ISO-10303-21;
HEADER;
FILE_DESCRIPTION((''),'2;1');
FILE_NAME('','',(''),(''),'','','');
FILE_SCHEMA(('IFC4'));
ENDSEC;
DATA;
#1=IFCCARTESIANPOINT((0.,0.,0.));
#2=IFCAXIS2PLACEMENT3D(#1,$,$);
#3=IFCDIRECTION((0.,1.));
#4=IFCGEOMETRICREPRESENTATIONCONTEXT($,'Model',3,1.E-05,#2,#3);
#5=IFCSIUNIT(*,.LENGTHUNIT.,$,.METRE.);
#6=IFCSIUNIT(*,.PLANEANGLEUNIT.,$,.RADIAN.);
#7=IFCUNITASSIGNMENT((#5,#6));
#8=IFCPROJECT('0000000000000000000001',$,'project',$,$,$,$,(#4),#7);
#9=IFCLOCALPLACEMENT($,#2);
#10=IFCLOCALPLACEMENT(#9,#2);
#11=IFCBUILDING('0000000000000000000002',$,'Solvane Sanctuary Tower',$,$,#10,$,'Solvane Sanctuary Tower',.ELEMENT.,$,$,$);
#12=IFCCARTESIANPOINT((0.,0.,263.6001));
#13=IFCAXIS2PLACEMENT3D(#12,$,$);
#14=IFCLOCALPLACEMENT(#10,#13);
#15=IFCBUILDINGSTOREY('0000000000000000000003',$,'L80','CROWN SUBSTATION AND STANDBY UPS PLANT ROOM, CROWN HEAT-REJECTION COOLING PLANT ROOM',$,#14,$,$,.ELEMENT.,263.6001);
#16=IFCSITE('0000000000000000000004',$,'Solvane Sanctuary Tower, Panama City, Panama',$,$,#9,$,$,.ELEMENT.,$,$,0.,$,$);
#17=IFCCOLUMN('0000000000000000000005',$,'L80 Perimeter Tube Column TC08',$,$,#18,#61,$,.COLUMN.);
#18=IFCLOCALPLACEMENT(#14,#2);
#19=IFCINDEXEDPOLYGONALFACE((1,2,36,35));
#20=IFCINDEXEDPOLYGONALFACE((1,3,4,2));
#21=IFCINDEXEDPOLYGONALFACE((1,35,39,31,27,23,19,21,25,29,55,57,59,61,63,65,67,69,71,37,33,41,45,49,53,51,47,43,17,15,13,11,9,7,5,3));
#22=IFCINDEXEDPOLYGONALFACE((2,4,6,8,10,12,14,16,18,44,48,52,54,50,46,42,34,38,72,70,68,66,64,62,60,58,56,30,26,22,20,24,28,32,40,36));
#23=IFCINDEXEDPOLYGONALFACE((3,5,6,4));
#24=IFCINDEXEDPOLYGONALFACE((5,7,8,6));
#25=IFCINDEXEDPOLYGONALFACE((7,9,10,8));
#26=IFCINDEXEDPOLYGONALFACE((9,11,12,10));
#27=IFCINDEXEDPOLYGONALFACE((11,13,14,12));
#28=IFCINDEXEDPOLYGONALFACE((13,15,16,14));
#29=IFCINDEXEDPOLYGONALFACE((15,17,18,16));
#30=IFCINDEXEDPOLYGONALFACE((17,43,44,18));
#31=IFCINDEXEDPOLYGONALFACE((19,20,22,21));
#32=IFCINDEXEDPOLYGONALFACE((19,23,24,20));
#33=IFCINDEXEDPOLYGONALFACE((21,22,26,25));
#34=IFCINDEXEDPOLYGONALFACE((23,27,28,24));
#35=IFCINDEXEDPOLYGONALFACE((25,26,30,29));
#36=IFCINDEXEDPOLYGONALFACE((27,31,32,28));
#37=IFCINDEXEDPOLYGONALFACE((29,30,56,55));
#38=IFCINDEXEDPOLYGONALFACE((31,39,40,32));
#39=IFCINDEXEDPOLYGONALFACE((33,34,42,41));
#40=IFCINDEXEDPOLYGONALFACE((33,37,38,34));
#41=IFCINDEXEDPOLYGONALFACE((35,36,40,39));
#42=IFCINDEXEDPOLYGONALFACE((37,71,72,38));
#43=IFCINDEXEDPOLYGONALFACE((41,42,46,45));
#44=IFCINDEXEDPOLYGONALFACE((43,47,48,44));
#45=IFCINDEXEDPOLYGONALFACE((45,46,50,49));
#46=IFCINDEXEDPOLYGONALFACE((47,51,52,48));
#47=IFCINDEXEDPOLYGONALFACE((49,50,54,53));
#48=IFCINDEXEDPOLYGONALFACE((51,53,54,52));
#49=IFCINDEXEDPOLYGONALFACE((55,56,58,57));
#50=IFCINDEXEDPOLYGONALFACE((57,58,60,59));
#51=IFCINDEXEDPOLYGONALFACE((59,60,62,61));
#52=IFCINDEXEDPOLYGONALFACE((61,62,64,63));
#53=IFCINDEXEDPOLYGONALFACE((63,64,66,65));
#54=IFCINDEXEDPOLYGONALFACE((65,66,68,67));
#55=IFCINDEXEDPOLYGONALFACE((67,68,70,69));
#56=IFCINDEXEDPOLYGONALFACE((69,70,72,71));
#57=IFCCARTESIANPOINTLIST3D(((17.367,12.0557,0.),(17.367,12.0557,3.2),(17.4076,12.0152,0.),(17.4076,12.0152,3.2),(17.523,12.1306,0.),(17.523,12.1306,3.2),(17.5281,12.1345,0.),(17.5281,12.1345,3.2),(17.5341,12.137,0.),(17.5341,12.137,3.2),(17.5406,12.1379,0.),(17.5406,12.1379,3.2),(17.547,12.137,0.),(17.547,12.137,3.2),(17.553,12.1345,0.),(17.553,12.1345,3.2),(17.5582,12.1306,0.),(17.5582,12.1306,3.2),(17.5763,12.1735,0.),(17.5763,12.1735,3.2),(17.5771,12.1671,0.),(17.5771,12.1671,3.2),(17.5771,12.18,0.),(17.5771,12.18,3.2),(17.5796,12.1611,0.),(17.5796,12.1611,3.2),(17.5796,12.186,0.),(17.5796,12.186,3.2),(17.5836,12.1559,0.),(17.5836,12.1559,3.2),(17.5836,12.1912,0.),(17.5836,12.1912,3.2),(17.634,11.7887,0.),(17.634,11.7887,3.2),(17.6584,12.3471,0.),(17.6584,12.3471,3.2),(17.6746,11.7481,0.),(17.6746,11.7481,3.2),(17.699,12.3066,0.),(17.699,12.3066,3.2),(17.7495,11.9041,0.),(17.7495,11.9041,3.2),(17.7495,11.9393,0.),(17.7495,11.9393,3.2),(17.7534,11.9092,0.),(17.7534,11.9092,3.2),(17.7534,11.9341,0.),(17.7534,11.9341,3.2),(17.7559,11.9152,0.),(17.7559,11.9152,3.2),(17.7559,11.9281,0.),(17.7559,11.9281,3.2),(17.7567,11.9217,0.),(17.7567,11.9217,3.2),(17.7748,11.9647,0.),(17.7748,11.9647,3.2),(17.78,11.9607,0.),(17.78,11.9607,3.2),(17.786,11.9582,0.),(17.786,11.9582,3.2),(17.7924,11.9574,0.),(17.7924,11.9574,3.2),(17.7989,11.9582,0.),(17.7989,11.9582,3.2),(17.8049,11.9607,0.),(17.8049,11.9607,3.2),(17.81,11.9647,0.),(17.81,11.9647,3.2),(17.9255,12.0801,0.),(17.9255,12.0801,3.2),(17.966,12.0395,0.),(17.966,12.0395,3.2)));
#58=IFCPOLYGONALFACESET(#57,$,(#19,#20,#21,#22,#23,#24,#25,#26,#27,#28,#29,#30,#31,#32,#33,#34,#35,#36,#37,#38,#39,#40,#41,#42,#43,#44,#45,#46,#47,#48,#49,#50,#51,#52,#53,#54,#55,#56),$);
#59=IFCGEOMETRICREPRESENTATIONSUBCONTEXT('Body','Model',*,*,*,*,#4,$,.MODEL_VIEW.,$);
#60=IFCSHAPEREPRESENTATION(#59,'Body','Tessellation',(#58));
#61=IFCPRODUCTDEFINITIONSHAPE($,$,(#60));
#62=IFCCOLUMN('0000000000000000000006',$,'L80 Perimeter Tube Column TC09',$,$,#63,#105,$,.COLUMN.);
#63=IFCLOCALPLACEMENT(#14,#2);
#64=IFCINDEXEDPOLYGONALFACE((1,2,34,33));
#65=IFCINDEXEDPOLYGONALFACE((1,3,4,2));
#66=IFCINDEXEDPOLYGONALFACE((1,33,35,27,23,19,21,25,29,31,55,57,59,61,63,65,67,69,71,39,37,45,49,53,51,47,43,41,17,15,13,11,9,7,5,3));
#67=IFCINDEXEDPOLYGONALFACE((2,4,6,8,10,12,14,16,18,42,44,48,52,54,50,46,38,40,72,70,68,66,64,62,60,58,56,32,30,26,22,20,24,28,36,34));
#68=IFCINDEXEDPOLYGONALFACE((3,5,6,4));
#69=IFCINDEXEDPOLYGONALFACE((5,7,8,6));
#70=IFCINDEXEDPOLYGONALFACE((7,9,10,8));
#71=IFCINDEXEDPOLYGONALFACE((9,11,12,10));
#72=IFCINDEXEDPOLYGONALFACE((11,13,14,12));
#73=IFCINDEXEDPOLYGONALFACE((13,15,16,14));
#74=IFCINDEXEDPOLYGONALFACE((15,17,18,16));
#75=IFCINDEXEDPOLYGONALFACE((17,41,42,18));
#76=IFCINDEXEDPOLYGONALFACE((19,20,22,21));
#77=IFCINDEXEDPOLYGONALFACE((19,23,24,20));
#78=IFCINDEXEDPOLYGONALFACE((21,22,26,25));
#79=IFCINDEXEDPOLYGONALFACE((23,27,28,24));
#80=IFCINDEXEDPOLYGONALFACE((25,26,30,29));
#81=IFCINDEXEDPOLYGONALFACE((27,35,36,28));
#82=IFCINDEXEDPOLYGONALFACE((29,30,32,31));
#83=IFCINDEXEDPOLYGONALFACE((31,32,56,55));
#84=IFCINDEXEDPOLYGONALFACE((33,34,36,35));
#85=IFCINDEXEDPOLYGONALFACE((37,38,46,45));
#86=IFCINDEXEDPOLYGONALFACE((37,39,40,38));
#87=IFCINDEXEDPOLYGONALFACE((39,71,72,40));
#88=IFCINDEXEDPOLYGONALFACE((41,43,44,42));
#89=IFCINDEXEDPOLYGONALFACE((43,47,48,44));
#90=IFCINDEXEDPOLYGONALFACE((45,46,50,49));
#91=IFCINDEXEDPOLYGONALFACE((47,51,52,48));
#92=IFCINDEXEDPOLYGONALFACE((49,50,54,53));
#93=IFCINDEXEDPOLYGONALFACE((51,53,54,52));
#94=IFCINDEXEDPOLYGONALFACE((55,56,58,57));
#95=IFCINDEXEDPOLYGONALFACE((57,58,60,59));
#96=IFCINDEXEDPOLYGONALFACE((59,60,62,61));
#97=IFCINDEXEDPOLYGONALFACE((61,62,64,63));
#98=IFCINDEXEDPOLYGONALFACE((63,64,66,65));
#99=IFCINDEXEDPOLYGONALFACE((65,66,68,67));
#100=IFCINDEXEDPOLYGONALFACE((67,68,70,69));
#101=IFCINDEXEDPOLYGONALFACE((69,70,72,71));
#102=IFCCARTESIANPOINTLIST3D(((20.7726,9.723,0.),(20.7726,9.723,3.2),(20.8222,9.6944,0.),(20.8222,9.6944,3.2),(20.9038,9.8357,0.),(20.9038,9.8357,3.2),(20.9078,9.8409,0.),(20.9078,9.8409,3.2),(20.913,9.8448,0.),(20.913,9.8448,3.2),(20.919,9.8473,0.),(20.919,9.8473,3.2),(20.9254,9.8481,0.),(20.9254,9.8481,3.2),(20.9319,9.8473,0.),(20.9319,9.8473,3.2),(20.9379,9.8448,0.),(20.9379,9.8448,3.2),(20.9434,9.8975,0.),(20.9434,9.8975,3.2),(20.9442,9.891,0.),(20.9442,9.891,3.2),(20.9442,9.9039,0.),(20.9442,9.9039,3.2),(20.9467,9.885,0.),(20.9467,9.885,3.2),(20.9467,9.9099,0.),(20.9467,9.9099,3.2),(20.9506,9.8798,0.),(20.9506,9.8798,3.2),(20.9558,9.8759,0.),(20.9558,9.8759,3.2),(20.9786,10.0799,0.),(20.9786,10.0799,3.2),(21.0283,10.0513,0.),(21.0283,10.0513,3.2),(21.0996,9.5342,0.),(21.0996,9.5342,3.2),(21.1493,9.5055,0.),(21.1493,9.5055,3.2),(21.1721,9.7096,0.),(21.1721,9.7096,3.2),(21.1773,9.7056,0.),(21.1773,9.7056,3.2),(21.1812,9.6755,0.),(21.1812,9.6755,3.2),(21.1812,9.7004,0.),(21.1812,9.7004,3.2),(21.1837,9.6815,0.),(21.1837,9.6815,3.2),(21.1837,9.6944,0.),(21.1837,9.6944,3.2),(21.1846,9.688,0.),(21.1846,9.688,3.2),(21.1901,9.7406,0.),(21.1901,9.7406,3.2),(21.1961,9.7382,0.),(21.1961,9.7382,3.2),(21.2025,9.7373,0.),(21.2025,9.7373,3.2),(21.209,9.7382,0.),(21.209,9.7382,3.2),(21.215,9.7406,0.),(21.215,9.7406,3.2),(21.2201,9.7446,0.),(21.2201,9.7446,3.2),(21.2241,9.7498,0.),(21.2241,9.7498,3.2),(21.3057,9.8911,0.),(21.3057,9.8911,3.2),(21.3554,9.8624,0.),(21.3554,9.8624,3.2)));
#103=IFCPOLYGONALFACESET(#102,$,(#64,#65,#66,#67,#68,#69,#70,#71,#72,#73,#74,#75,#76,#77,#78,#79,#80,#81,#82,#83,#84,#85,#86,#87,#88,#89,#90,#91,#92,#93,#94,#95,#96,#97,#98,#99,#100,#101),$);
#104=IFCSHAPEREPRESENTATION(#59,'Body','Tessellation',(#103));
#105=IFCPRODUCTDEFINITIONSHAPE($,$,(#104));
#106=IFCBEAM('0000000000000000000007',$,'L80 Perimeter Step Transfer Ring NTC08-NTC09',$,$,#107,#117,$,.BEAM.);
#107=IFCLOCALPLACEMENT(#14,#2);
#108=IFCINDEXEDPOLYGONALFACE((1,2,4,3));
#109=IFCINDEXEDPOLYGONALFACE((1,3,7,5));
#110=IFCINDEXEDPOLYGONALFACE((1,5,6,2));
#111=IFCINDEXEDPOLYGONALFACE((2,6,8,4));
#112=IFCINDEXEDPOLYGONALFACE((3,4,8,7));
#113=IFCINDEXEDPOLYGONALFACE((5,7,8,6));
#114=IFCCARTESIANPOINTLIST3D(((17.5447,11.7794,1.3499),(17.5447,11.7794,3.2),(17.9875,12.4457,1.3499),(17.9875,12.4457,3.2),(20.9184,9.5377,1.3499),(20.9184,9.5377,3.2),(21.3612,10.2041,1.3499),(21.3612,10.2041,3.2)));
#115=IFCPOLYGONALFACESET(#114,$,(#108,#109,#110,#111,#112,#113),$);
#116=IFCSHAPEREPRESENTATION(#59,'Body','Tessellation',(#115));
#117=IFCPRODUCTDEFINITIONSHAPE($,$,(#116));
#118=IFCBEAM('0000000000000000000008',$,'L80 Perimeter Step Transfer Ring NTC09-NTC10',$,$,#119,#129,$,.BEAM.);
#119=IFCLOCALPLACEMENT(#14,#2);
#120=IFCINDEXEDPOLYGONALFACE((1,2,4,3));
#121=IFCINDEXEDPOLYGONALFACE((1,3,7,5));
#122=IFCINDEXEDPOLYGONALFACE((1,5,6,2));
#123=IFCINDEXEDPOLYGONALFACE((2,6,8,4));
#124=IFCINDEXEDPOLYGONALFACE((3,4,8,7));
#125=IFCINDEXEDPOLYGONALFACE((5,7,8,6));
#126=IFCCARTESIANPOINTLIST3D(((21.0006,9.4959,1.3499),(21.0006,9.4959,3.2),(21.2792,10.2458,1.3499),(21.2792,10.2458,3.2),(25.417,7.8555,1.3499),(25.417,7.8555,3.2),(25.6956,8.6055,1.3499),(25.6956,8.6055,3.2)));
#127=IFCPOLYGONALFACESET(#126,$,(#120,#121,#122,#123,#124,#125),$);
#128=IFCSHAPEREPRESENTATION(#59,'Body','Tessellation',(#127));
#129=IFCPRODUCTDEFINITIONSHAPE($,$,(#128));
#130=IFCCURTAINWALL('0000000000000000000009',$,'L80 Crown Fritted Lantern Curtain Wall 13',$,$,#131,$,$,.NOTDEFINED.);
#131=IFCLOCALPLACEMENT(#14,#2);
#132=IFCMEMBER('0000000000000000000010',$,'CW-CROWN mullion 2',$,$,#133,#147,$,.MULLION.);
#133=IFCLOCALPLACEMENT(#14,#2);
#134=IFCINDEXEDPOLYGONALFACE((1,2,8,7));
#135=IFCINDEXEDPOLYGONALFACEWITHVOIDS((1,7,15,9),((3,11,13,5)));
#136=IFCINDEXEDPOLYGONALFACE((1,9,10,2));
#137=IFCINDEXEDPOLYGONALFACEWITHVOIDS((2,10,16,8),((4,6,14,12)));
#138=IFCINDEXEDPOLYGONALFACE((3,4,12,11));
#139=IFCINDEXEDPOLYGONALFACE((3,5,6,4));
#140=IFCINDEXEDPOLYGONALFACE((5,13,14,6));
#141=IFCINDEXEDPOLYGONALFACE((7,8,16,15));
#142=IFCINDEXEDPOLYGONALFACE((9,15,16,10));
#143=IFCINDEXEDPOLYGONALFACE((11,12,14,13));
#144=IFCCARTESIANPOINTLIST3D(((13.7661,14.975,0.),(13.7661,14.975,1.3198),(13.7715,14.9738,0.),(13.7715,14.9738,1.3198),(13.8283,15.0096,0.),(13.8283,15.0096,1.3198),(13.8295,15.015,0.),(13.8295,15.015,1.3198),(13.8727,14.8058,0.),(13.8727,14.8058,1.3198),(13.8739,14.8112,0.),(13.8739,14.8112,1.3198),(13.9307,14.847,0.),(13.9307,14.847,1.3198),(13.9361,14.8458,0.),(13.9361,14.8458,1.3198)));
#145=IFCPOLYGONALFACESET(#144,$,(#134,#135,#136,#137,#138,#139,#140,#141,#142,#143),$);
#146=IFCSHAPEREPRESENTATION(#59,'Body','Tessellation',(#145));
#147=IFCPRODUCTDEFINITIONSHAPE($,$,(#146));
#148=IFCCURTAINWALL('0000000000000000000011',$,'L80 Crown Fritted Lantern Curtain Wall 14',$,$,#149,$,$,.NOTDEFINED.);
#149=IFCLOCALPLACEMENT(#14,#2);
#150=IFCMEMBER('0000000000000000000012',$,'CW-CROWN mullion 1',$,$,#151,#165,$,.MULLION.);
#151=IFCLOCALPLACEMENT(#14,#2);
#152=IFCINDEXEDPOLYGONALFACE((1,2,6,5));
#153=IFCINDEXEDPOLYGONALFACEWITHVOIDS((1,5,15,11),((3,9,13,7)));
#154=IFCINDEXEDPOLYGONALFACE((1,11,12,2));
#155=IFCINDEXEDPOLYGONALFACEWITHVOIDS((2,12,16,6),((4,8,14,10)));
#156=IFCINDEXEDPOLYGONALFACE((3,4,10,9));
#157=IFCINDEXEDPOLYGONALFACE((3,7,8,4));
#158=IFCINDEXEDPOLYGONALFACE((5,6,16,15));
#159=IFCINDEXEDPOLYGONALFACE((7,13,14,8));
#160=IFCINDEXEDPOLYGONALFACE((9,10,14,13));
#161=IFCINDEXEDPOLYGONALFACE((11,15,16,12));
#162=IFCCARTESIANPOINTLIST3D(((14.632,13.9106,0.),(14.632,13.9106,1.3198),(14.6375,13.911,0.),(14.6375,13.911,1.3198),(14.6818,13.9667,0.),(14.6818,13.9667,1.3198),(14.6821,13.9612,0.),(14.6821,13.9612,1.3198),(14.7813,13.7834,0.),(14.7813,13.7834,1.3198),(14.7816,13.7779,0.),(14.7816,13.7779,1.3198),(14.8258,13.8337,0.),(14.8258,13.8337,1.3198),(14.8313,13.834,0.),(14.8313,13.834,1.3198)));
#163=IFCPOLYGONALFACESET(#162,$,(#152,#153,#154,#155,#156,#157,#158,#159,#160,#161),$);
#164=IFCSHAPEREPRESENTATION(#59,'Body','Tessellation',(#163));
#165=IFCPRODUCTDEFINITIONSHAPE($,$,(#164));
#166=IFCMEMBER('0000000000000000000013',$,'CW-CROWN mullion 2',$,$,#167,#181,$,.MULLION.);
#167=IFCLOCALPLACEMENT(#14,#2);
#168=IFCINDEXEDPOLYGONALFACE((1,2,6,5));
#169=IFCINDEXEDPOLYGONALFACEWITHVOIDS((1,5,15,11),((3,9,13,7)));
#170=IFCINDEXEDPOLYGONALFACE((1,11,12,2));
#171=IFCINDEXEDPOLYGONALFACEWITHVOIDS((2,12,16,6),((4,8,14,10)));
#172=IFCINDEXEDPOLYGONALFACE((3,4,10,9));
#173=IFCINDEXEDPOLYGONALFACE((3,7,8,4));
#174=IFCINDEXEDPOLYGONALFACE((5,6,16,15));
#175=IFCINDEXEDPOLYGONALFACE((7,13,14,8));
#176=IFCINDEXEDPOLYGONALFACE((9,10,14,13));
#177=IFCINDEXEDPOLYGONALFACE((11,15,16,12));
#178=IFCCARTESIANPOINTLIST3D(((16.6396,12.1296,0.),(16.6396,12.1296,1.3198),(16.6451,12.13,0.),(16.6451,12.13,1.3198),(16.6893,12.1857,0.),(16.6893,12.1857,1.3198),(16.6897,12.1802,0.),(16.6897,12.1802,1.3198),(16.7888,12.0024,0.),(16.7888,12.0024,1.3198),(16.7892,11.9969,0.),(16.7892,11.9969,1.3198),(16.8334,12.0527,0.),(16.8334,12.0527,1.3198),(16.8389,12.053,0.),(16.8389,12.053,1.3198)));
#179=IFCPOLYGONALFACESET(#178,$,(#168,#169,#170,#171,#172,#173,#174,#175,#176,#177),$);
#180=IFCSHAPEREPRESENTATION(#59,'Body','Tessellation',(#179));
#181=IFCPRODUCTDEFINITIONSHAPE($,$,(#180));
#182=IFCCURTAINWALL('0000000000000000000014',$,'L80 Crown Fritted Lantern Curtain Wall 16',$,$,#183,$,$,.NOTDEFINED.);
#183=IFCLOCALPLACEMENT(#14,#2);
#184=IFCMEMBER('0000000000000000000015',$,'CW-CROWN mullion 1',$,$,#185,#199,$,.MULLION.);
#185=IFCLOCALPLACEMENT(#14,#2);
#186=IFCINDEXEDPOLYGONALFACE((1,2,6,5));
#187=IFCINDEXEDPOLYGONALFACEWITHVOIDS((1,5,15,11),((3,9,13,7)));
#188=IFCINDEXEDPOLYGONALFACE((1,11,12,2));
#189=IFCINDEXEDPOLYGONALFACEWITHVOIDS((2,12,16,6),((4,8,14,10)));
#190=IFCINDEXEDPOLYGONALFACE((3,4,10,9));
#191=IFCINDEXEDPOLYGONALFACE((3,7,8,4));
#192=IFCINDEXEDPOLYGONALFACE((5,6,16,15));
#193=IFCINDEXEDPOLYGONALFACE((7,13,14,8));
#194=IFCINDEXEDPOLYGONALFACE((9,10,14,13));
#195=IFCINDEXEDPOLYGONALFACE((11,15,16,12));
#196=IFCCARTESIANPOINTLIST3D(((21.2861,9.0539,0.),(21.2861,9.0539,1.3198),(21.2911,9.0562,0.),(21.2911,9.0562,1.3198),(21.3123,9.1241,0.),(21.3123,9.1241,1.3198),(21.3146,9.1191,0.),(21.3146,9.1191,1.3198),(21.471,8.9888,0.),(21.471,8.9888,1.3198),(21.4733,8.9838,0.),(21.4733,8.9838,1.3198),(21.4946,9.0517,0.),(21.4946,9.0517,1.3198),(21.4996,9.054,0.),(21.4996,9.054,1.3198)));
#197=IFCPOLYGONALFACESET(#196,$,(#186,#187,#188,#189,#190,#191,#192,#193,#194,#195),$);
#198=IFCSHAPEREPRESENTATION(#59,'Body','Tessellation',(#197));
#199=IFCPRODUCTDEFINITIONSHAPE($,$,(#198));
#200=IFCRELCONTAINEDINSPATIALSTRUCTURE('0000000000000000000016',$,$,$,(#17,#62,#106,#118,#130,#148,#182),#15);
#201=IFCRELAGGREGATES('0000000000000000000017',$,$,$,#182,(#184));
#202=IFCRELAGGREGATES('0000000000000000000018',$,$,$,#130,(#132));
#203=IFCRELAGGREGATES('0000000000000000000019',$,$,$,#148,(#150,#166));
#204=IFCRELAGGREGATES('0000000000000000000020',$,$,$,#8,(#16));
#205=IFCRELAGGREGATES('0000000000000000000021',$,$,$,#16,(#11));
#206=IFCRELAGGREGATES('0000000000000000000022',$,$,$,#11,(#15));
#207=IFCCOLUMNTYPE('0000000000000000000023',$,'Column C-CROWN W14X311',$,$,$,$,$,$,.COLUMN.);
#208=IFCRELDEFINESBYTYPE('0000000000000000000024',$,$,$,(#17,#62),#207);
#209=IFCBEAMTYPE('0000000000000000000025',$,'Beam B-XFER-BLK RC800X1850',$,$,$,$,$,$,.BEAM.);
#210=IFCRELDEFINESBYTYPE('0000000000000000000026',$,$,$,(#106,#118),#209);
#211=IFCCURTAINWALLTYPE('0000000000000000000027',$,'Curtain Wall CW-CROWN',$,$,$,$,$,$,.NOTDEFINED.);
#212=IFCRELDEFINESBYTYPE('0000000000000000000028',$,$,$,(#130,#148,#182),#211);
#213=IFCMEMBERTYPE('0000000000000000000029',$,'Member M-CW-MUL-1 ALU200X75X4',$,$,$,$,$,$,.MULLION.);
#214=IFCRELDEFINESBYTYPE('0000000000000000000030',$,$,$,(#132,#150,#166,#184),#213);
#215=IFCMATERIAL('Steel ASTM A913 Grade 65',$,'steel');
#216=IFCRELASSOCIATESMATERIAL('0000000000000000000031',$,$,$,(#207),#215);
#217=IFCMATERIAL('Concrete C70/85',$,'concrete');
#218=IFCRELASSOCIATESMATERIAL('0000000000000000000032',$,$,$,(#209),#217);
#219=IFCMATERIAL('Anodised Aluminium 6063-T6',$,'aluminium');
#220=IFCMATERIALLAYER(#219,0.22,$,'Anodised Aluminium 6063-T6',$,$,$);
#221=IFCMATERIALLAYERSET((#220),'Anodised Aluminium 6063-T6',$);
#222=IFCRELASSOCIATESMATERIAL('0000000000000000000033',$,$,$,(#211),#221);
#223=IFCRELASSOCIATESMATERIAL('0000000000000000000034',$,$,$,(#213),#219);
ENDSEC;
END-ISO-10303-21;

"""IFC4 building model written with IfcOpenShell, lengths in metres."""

from ifc_helpers import new_model, si_unit, direction, frame, origin, origin_2d, place, context, subcontext, project, spatial, rectangle, hollow_rectangle, i_section, extrude, material, layer, layer_set, material_profile, profile_set, type_object, element, aggregate, save


model = new_model("IFC4")

# Units and contexts
model_context = context("Model", 3, precision=1e-05, world=origin(), true_north=direction((0.0, 1.0)))
body_context = subcontext(model_context, "Body", "Model", "MODEL_VIEW")
ifc_project = project(units=[si_unit("LENGTHUNIT", "METRE"), si_unit("PLANEANGLEUNIT", "RADIAN")], contexts=[model_context])

# Site, building, storey
site_placement = place(None, origin())
site = spatial("IfcSite", under=ifc_project, at=site_placement, Name="Solvane Sanctuary Tower, Panama City, Panama", CompositionType="ELEMENT", RefElevation=0.0)
building_placement = place(site_placement, origin())
building = spatial("IfcBuilding", under=site, at=building_placement, Name="Solvane Sanctuary Tower", LongName="Solvane Sanctuary Tower", CompositionType="ELEMENT")
storey_placement = place(building_placement, frame((0.0, 0.0, 263.6001)))
storey = spatial("IfcBuildingStorey", under=building, at=storey_placement, Name="L80", Description="CROWN SUBSTATION AND STANDBY UPS PLANT ROOM, CROWN HEAT-REJECTION COOLING PLANT ROOM", CompositionType="ELEMENT", Elevation=263.6001)

# Columns
ifc_material_1 = material(Name="Steel ASTM A913 Grade 65", Category="steel")
ifc_material_profile_1 = material_profile(ifc_material_1, i_section(OverallWidth=0.4121, OverallDepth=0.4351, WebThickness=0.0359, FlangeThickness=0.0574, FilletRadius=0.0249, at=origin_2d()), Name="W14X311")
ifc_profile_set_1 = profile_set([ifc_material_profile_1], Name="Steel ASTM A913 Grade 65")
column_type = type_object("IfcColumnType", Name="Column C-CROWN W14X311", PredefinedType="COLUMN", material=ifc_profile_set_1)
for number, where, z_axis, x_axis, name in (
    (1, (17.6665, 12.0476, 0.0), (0.0, 0.0, 1.0), (-0.707107, -0.707107, 0.0), "L80 Perimeter Tube Column TC08"),
    (2, (21.064, 9.7927, 0.0), (0.0, 0.0, 1.0), (-0.5, -0.866025, 0.0), "L80 Perimeter Tube Column TC09"),
):
    element("IfcColumn", number, at=place(storey_placement, frame(where, z_axis=z_axis, x_axis=x_axis)), inside=storey, type_object=column_type, Name=name, PredefinedType="COLUMN", context=body_context, shape_type="SweptSolid", body=[
        extrude(i_section(OverallWidth=0.4121, OverallDepth=0.4351, WebThickness=0.0359, FlangeThickness=0.0574, FilletRadius=0.0249, at=origin_2d()), origin(), (0.0, 0.0, 1.0), 3.2),
    ])

# Beams
ifc_material_2 = material(Name="Concrete C70/85", Category="concrete")
ifc_material_profile_2 = material_profile(ifc_material_2, rectangle(XDim=0.8, YDim=1.8501, at=origin_2d()), Name="RC800X1850")
ifc_profile_set_2 = profile_set([ifc_material_profile_2], Name="Concrete C70/85")
beam_type = type_object("IfcBeamType", Name="Beam B-XFER-BLK RC800X1850", PredefinedType="BEAM", material=ifc_profile_set_2)
beam_1_placement = place(storey_placement, frame((17.7661, 12.1125, 2.2749), z_axis=(0.832902, -0.55342, 0.0), x_axis=(0.55342, 0.832902, 0.0)))
element("IfcBeam", 3, at=beam_1_placement, inside=storey, type_object=beam_type, Name="L80 Perimeter Step Transfer Ring NTC08-NTC09", PredefinedType="BEAM", context=body_context, shape_type="SweptSolid", body=[
    extrude(rectangle(XDim=0.8, YDim=1.8501, at=origin_2d()), origin(), (0.0, 0.0, 1.0), 4.0505),
])
beam_2_placement = place(storey_placement, frame((21.1399, 9.8708, 2.2749), z_axis=(0.937428, -0.34818, 0.0), x_axis=(0.34818, 0.937428, 0.0)))
element("IfcBeam", 4, at=beam_2_placement, inside=storey, type_object=beam_type, Name="L80 Perimeter Step Transfer Ring NTC09-NTC10", PredefinedType="BEAM", context=body_context, shape_type="SweptSolid", body=[
    extrude(rectangle(XDim=0.8, YDim=1.8501, at=origin_2d()), origin(), (0.0, 0.0, 1.0), 4.7112),
])

# Curtain wall, member
ifc_material_3 = material(Name="Anodised Aluminium 6063-T6", Category="aluminium")
ifc_layer_1 = layer(ifc_material_3, 0.22, Name="Anodised Aluminium 6063-T6")
ifc_layer_set_1 = layer_set([ifc_layer_1], Name="Anodised Aluminium 6063-T6")
curtain_wall_type = type_object("IfcCurtainWallType", Name="Curtain Wall CW-CROWN", PredefinedType="NOTDEFINED", material=ifc_layer_set_1)
curtain_wall_1_placement = place(storey_placement, origin())
curtain_wall_1 = element("IfcCurtainWall", 5, at=curtain_wall_1_placement, inside=storey, type_object=curtain_wall_type, Name="L80 Crown Fritted Lantern Curtain Wall 13", PredefinedType="NOTDEFINED")
ifc_material_profile_3 = material_profile(ifc_material_3, hollow_rectangle(XDim=0.075, YDim=0.2, WallThickness=0.0039, at=origin_2d()), Name="ALU200X75X4")
ifc_profile_set_3 = profile_set([ifc_material_profile_3], Name="Anodised Aluminium 6063-T6")
member_type_1 = type_object("IfcMemberType", Name="Member M-CW-MUL-1 ALU200X75X4", PredefinedType="MULLION", material=ifc_profile_set_3)
member_1_placement = place(storey_placement, frame((13.8511, 14.9104, 0.0), z_axis=(0.0, 0.0, 1.0), x_axis=(0.846087, 0.533045, 0.0)))
member_1 = element("IfcMember", 6, at=member_1_placement, type_object=member_type_1, Name="CW-CROWN mullion 2", PredefinedType="MULLION", context=body_context, shape_type="SweptSolid", body=[
    extrude(hollow_rectangle(XDim=0.075, YDim=0.2, WallThickness=0.0039, at=origin_2d()), origin(), (0.0, 0.0, 1.0), 1.3198),
])

# Curtain wall, members
curtain_wall_2_placement = place(storey_placement, origin())
curtain_wall_2 = element("IfcCurtainWall", 7, at=curtain_wall_2_placement, inside=storey, type_object=curtain_wall_type, Name="L80 Crown Fritted Lantern Curtain Wall 14", PredefinedType="NOTDEFINED")
member_2_placement = place(storey_placement, frame((14.7317, 13.8723, 0.0), z_axis=(0.0, 0.0, 1.0), x_axis=(0.663675, 0.748021, 0.0)))
member_2 = element("IfcMember", 8, at=member_2_placement, type_object=member_type_1, Name="CW-CROWN mullion 1", PredefinedType="MULLION", context=body_context, shape_type="SweptSolid", body=[
    extrude(hollow_rectangle(XDim=0.075, YDim=0.2, WallThickness=0.0039, at=origin_2d()), origin(), (0.0, 0.0, 1.0), 1.3198),
])
member_3_placement = place(storey_placement, frame((16.7393, 12.0913, 0.0), z_axis=(0.0, 0.0, 1.0), x_axis=(0.663675, 0.748021, 0.0)))
member_3 = element("IfcMember", 9, at=member_3_placement, type_object=member_type_1, Name="CW-CROWN mullion 2", PredefinedType="MULLION", context=body_context, shape_type="SweptSolid", body=[
    extrude(hollow_rectangle(XDim=0.075, YDim=0.2, WallThickness=0.0039, at=origin_2d()), origin(), (0.0, 0.0, 1.0), 1.3198),
])

# Curtain wall, member
curtain_wall_3_placement = place(storey_placement, origin())
curtain_wall_3 = element("IfcCurtainWall", 10, at=curtain_wall_3_placement, inside=storey, type_object=curtain_wall_type, Name="L80 Crown Fritted Lantern Curtain Wall 16", PredefinedType="NOTDEFINED")
member_4_placement = place(storey_placement, frame((21.3928, 9.054, 0.0), z_axis=(0.0, 0.0, 1.0), x_axis=(0.350518, 0.936556, 0.0)))
member_4 = element("IfcMember", 11, at=member_4_placement, type_object=member_type_1, Name="CW-CROWN mullion 1", PredefinedType="MULLION", context=body_context, shape_type="SweptSolid", body=[
    extrude(hollow_rectangle(XDim=0.075, YDim=0.2, WallThickness=0.0039, at=origin_2d()), origin(), (0.0, 0.0, 1.0), 1.3198),
])

aggregate(curtain_wall_3, [member_4])

aggregate(curtain_wall_1, [member_1])
aggregate(curtain_wall_2, [member_2, member_3])

save(model, "model.ifc")
